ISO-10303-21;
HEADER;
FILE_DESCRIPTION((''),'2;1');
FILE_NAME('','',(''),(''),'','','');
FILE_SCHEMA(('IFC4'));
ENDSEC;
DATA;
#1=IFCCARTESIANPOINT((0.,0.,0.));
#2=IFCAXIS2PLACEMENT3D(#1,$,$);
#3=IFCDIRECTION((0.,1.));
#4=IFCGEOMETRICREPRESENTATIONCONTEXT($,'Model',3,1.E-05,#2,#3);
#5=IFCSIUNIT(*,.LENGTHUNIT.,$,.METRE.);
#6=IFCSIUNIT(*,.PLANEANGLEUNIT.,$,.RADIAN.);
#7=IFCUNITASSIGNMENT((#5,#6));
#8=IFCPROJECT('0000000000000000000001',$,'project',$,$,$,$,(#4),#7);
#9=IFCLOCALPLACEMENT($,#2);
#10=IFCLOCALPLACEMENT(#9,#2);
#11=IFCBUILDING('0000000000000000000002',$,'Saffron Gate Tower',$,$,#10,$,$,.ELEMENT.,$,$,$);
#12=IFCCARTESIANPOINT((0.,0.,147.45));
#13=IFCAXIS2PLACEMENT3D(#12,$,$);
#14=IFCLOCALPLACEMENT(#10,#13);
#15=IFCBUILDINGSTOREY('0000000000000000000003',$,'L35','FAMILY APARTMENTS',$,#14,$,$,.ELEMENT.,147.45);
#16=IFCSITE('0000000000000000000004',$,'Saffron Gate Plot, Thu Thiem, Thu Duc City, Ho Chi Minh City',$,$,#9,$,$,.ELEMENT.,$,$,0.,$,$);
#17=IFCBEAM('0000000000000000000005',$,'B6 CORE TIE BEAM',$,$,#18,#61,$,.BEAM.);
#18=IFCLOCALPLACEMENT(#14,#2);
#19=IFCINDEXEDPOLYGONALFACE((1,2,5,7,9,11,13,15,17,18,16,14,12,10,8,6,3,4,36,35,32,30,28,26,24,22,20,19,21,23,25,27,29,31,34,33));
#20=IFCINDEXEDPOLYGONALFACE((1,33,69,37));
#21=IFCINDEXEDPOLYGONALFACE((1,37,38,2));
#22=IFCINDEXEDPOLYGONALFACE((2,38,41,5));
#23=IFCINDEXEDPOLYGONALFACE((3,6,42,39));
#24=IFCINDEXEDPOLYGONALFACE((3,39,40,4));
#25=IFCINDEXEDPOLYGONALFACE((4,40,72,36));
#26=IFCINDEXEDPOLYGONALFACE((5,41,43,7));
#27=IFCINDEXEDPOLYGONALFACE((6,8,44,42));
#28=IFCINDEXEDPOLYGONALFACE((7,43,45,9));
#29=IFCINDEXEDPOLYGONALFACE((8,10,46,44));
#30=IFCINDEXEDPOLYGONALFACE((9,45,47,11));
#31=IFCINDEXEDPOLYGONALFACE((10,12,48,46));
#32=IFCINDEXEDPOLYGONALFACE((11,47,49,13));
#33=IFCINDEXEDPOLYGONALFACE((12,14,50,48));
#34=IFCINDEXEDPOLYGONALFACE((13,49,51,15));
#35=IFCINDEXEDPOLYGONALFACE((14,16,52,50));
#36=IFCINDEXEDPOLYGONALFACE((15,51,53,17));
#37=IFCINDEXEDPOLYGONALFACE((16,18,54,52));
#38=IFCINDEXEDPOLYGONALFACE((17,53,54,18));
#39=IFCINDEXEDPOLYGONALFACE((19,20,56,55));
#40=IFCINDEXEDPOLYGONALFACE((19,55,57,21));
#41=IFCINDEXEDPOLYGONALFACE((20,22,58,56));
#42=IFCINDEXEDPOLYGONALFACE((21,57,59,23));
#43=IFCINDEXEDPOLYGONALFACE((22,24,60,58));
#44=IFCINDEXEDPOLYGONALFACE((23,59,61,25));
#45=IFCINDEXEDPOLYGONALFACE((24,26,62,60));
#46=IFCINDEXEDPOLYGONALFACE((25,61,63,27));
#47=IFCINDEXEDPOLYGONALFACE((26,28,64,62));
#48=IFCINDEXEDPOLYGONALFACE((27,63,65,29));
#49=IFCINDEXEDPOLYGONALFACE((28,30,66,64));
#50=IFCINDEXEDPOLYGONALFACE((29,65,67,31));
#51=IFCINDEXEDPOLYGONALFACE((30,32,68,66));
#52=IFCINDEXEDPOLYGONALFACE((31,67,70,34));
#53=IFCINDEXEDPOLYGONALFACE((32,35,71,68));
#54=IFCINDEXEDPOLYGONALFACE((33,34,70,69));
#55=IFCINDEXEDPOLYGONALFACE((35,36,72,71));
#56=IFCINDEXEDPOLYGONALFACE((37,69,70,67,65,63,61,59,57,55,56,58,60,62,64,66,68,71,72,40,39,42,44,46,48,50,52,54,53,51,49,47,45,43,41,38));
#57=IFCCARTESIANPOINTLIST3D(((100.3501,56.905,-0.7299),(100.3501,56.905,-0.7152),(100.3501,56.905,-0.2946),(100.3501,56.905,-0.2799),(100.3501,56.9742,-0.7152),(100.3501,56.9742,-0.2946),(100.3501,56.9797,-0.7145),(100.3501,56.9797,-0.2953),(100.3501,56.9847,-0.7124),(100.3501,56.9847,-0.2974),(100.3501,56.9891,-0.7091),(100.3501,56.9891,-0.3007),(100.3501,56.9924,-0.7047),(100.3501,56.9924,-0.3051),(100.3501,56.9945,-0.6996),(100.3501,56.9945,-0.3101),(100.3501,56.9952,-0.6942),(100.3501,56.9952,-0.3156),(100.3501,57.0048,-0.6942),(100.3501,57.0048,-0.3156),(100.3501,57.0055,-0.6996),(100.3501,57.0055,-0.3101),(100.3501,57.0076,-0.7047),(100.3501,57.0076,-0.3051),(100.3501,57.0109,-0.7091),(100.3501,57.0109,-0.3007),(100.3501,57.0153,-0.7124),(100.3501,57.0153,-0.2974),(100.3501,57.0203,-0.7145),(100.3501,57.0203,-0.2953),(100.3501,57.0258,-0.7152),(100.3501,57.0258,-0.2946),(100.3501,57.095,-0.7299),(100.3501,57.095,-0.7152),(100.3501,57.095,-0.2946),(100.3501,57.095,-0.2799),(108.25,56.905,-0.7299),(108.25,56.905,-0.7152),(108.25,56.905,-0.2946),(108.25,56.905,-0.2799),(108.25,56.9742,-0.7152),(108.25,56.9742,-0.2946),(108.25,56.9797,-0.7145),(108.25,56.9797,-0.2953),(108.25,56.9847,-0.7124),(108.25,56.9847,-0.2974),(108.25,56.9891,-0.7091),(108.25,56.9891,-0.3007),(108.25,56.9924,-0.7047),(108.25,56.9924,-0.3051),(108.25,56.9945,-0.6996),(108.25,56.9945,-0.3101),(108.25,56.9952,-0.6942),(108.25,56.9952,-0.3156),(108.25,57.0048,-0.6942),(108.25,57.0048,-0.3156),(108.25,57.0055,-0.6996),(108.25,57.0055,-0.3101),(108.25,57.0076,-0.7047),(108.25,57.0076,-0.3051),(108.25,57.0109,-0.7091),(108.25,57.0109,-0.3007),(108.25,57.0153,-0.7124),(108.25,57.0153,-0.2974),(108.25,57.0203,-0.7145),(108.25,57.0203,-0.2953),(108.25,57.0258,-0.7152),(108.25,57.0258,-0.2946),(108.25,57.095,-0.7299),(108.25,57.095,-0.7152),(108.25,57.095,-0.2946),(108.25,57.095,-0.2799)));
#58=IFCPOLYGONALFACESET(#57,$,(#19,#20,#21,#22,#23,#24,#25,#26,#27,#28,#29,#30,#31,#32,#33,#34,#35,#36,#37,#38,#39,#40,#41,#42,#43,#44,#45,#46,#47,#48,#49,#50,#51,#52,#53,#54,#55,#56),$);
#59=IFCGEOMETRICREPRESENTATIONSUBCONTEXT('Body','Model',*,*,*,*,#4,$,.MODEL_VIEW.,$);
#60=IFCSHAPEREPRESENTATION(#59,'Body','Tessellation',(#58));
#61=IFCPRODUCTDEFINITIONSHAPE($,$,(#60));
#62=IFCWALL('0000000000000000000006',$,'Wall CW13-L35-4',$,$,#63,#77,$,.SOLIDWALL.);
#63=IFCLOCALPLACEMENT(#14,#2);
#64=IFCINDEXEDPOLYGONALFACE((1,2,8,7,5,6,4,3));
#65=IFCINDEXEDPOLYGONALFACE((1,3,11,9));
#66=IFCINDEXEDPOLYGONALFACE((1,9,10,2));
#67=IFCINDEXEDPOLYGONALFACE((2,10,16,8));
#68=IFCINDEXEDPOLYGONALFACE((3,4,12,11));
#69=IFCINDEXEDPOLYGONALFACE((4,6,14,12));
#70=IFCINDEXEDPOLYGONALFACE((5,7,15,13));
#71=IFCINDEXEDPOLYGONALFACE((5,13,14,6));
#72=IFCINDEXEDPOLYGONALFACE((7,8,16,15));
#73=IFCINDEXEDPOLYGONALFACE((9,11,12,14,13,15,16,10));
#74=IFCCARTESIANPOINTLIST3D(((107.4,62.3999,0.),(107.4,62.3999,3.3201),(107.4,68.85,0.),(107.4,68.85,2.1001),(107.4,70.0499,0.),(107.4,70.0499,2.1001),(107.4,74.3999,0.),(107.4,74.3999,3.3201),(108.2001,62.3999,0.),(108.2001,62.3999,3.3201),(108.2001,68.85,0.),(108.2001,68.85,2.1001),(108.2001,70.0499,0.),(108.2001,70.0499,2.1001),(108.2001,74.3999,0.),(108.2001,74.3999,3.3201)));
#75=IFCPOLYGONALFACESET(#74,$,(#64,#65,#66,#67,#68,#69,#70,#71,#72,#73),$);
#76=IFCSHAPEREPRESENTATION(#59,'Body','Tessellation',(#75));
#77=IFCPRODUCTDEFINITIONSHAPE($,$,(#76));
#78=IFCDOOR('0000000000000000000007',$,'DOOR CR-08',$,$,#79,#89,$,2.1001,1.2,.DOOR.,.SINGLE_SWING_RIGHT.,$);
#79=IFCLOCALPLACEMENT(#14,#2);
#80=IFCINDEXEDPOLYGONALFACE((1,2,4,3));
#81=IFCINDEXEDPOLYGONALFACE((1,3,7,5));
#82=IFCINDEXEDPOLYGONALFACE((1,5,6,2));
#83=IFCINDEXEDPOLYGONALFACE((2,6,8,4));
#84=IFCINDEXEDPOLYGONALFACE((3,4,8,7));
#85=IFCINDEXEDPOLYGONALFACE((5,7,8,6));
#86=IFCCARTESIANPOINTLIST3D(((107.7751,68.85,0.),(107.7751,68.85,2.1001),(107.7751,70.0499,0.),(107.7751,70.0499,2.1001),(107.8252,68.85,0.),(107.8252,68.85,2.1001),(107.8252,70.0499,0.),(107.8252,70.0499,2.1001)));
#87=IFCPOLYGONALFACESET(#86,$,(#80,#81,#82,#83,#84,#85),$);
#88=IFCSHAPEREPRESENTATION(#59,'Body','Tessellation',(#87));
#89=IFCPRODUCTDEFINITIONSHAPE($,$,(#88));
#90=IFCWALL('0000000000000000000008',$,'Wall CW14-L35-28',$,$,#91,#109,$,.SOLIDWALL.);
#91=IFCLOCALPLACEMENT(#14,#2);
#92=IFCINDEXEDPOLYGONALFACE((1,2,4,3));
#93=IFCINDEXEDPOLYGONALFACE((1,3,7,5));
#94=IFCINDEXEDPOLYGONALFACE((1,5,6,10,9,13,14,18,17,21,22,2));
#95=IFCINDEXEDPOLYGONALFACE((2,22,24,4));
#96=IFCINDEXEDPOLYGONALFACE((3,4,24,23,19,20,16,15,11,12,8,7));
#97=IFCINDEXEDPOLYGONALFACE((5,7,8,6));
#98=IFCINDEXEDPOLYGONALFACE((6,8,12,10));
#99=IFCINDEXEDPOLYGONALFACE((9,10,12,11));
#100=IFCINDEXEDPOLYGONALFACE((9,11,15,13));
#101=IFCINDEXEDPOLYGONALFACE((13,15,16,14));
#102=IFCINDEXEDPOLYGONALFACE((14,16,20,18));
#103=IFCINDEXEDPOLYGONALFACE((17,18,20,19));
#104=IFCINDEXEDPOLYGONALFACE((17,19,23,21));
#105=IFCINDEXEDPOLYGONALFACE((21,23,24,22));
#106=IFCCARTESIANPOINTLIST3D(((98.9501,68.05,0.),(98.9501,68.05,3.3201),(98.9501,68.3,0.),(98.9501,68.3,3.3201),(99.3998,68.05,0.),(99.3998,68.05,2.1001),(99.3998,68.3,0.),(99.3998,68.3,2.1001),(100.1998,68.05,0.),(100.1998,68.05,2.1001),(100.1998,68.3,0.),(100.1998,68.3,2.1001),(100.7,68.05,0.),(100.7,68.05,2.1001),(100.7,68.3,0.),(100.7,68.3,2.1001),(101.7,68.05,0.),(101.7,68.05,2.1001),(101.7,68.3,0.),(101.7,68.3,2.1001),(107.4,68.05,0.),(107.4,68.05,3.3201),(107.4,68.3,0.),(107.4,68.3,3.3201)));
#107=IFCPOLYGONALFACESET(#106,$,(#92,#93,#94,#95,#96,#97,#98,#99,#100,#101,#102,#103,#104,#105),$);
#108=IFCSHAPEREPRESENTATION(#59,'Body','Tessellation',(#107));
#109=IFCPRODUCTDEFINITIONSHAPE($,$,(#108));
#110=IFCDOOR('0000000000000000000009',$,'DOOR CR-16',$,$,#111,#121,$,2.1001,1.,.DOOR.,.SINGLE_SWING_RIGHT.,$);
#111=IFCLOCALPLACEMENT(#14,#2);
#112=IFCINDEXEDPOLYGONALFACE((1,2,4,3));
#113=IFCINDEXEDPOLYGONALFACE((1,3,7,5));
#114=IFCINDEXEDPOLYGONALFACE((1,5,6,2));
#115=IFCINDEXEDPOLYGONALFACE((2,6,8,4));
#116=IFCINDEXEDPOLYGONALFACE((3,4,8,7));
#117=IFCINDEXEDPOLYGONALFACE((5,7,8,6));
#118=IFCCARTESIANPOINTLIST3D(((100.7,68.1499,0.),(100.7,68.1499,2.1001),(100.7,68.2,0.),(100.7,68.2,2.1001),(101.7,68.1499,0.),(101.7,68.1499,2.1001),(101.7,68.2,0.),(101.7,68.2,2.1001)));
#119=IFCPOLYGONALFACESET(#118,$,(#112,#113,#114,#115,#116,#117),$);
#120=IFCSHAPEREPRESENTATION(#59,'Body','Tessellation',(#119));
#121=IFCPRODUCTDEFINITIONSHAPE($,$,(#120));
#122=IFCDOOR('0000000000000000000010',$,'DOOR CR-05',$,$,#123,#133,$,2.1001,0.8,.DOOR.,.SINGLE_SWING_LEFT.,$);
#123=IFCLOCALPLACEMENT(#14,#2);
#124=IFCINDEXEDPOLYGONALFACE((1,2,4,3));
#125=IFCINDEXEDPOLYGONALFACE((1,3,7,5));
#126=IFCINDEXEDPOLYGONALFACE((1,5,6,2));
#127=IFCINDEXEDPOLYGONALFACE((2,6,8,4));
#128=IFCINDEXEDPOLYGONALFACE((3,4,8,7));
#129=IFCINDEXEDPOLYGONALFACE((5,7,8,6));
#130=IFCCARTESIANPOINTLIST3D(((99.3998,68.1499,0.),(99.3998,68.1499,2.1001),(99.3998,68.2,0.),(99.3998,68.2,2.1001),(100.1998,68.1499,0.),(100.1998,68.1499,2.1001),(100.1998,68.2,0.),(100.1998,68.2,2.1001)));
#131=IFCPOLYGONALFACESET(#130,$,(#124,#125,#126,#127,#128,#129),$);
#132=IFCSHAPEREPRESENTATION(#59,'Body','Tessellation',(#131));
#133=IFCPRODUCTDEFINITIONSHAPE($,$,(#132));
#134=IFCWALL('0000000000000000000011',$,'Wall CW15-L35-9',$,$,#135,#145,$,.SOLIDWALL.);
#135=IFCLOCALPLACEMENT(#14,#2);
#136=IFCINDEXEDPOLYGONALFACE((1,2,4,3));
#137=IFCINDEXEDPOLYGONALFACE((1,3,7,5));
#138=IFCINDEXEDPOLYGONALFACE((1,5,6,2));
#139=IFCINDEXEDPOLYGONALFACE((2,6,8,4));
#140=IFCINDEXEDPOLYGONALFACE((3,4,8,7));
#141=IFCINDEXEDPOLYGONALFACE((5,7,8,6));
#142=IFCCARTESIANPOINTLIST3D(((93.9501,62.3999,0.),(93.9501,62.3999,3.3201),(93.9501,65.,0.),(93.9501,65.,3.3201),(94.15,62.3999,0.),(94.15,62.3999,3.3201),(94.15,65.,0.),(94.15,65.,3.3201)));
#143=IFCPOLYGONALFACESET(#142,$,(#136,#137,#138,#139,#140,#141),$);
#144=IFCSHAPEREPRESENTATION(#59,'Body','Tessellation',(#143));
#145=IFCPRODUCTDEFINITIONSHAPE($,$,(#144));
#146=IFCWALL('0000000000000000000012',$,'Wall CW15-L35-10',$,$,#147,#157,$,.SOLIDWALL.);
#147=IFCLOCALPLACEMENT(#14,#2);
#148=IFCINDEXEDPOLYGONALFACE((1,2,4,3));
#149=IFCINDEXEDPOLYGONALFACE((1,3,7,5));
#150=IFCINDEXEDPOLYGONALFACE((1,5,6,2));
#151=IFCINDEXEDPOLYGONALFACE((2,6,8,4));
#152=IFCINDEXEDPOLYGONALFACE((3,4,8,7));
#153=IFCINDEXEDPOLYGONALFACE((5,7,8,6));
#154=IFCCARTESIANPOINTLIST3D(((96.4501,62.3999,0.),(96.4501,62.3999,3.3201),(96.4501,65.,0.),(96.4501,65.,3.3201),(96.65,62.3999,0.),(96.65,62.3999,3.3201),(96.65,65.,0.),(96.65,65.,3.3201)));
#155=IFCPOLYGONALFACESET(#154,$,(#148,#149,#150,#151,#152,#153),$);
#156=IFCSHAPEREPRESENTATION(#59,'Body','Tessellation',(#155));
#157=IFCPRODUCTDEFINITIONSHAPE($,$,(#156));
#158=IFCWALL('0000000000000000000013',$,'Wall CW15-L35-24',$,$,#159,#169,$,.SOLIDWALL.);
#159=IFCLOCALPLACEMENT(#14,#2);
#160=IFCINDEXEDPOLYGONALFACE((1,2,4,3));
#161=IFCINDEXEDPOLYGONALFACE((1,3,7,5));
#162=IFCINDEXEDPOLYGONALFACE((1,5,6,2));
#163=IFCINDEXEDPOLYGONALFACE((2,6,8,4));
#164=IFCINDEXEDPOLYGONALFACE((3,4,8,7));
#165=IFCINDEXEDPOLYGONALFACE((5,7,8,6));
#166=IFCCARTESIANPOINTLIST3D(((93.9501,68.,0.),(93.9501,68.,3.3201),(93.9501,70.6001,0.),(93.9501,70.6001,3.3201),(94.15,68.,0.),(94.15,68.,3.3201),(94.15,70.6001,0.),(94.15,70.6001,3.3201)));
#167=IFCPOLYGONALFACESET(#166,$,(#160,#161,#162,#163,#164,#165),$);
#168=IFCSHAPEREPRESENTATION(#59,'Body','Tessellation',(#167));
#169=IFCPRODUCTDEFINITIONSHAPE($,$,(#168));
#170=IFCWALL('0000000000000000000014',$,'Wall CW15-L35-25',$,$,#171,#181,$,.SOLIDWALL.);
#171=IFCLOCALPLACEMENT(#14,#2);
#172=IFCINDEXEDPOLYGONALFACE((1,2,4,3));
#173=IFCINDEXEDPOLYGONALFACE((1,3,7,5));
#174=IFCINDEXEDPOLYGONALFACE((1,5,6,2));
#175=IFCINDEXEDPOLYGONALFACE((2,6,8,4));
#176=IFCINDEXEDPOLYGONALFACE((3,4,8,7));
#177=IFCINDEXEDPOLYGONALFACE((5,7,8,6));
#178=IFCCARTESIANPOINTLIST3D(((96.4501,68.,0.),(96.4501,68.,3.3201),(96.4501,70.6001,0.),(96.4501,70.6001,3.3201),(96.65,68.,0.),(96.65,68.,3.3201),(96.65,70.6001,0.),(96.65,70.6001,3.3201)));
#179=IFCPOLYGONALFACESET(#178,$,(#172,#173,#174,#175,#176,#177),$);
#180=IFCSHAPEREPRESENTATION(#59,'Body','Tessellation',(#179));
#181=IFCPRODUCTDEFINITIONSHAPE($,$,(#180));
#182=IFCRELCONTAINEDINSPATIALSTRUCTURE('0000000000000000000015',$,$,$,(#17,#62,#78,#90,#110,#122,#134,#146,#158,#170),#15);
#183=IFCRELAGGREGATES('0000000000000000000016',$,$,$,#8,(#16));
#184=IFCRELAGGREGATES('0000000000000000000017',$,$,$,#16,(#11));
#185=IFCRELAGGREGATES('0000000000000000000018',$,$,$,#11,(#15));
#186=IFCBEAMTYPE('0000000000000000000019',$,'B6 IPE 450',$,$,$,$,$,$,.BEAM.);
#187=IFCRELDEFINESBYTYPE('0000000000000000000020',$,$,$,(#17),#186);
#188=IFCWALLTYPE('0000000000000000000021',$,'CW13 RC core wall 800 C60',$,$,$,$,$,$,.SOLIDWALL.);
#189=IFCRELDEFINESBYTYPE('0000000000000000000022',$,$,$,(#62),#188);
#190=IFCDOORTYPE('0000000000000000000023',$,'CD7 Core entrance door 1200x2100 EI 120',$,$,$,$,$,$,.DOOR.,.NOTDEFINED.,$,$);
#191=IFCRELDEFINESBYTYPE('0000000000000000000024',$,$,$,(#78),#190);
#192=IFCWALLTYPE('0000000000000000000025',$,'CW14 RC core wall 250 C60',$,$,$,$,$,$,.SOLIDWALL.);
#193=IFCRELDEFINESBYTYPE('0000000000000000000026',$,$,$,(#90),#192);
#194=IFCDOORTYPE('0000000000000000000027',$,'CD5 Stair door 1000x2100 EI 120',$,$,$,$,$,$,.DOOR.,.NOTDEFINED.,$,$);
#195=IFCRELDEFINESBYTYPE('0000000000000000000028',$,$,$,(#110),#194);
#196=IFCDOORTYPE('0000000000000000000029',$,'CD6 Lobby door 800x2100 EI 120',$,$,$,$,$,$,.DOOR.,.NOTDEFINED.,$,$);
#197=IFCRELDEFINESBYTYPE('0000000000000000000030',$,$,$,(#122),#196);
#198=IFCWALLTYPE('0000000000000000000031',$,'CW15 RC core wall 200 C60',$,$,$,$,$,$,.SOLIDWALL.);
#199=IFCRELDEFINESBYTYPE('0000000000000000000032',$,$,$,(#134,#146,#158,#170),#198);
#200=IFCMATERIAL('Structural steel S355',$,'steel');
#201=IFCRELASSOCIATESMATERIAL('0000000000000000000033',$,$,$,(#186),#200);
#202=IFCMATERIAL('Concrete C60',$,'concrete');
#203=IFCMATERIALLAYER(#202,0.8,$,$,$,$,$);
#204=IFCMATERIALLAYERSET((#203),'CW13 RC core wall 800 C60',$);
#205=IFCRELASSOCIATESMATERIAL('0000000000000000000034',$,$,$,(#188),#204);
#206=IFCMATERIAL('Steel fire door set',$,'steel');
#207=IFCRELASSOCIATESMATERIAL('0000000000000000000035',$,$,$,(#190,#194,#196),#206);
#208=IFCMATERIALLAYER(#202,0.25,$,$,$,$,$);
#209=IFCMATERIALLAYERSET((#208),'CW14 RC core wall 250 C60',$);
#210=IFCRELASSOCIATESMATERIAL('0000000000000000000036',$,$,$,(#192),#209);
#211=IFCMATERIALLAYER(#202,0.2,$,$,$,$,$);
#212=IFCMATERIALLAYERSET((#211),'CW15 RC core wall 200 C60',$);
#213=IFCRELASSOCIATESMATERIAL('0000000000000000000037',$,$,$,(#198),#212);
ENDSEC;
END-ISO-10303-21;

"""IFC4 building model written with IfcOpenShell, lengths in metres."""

from ifc_helpers import new_model, si_unit, direction, frame, frame_2d, origin, origin_2d, place, context, subcontext, project, spatial, rectangle, i_section, extrude, material, layer, layer_set, material_profile, profile_set, type_object, element, fill, save


model = new_model("IFC4")

# Units and contexts
model_context = context("Model", 3, precision=1e-05, world=origin(), true_north=direction((0.0, 1.0)))
body_context = subcontext(model_context, "Body", "Model", "MODEL_VIEW")
ifc_project = project(units=[si_unit("LENGTHUNIT", "METRE"), si_unit("PLANEANGLEUNIT", "RADIAN")], contexts=[model_context])

# Site, building, storey
site_placement = place(None, origin())
site = spatial("IfcSite", under=ifc_project, at=site_placement, Name="Saffron Gate Plot, Thu Thiem, Thu Duc City, Ho Chi Minh City", CompositionType="ELEMENT", RefElevation=0.0)
building_placement = place(site_placement, origin())
building = spatial("IfcBuilding", under=site, at=building_placement, Name="Saffron Gate Tower", CompositionType="ELEMENT")
storey_placement = place(building_placement, frame((0.0, 0.0, 147.45)))
storey = spatial("IfcBuildingStorey", under=building, at=storey_placement, Name="L35", Description="FAMILY APARTMENTS", CompositionType="ELEMENT", Elevation=147.45)

# Beam
ifc_material_1 = material(Name="Structural steel S355", Category="steel")
ifc_material_profile = material_profile(ifc_material_1, i_section(OverallWidth=0.1899, OverallDepth=0.45, WebThickness=0.0095, FlangeThickness=0.0146, FilletRadius=0.021, at=origin_2d()))
ifc_profile_set = profile_set([ifc_material_profile], Name="Structural steel S355")
beam_type = type_object("IfcBeamType", Name="B6 IPE 450", PredefinedType="BEAM", material=ifc_profile_set)
beam_placement = place(storey_placement, frame((108.25, 57.0, -0.5049), z_axis=(-1.0, 0.0, 0.0), x_axis=(0.0, -1.0, 0.0)))
element("IfcBeam", 1, at=beam_placement, inside=storey, type_object=beam_type, Name="B6 CORE TIE BEAM", PredefinedType="BEAM", context=body_context, shape_type="SweptSolid", body=[
    extrude(i_section(OverallWidth=0.1899, OverallDepth=0.45, WebThickness=0.0095, FlangeThickness=0.0146, FilletRadius=0.021, at=origin_2d()), origin(), (0.0, 0.0, 1.0), 7.8999),
])

# Wall, opening, door
ifc_material_2 = material(Name="Concrete C60", Category="concrete")
ifc_layer_1 = layer(ifc_material_2, 0.8)
ifc_layer_set_1 = layer_set([ifc_layer_1], Name="CW13 RC core wall 800 C60")
wall_type_1 = type_object("IfcWallType", Name="CW13 RC core wall 800 C60", PredefinedType="SOLIDWALL", material=ifc_layer_set_1)
wall_1_placement = place(storey_placement, frame((107.8, 62.3999, 0.0), z_axis=(0.0, 0.0, 1.0), x_axis=(0.0, 1.0, 0.0)))
wall_1 = element("IfcWall", 2, at=wall_1_placement, inside=storey, type_object=wall_type_1, Name="Wall CW13-L35-4", PredefinedType="SOLIDWALL", context=body_context, shape_type="SweptSolid", body=[
    extrude(rectangle(XDim=12.0, YDim=0.8, at=frame_2d((6.0, 0.0))), origin(), (0.0, 0.0, 1.0), 3.3201),
])
opening_1_placement = place(wall_1_placement, frame((6.45, 0.0, 0.0)))
opening_1 = element("IfcOpeningElement", 3, at=opening_1_placement, cuts=wall_1, PredefinedType="OPENING", context=body_context, shape_type="SweptSolid", body=[
    extrude(rectangle(XDim=1.2, YDim=2.1001, at=frame_2d((0.6001, 1.05))), frame((0.0, 0.4102, 0.0), z_axis=(0.0, -1.0, 0.0), x_axis=(1.0, 0.0, 0.0)), (0.0, 0.0, 1.0), 0.8201),
])
ifc_material_3 = material(Name="Steel fire door set", Category="steel")
door_type_1 = type_object("IfcDoorType", Name="CD7 Core entrance door 1200x2100 EI 120", OperationType="NOTDEFINED", PredefinedType="DOOR", material=ifc_material_3)
door_1_placement = place(opening_1_placement, origin())
door_1 = element("IfcDoor", 4, at=door_1_placement, inside=storey, type_object=door_type_1, Name="DOOR CR-08", OperationType="SINGLE_SWING_RIGHT", OverallHeight=2.1001, OverallWidth=1.2, PredefinedType="DOOR", context=body_context, shape_type="SweptSolid", body=[
    extrude(rectangle(XDim=1.2, YDim=2.1001, at=frame_2d((0.6001, 1.05))), frame((0.0, 0.0249, 0.0), z_axis=(0.0, -1.0, 0.0), x_axis=(1.0, 0.0, 0.0)), (0.0, 0.0, 1.0), 0.05),
])
fill(opening_1, door_1)

# Wall, openings, doors
ifc_layer_2 = layer(ifc_material_2, 0.25)
ifc_layer_set_2 = layer_set([ifc_layer_2], Name="CW14 RC core wall 250 C60")
wall_type_2 = type_object("IfcWallType", Name="CW14 RC core wall 250 C60", PredefinedType="SOLIDWALL", material=ifc_layer_set_2)
wall_2_placement = place(storey_placement, frame((98.95, 68.175, 0.0), z_axis=(0.0, 0.0, 1.0), x_axis=(1.0, 0.0, 0.0)))
wall_2 = element("IfcWall", 5, at=wall_2_placement, inside=storey, type_object=wall_type_2, Name="Wall CW14-L35-28", PredefinedType="SOLIDWALL", context=body_context, shape_type="SweptSolid", body=[
    extrude(rectangle(XDim=8.45, YDim=0.25, at=frame_2d((4.2251, 0.0))), origin(), (0.0, 0.0, 1.0), 3.3201),
])
opening_2_placement = place(wall_2_placement, frame((0.45, 0.0, 0.0)))
opening_2 = element("IfcOpeningElement", 6, at=opening_2_placement, cuts=wall_2, PredefinedType="OPENING", context=body_context, shape_type="SweptSolid", body=[
    extrude(rectangle(XDim=0.8, YDim=2.1001, at=frame_2d((0.3999, 1.05))), frame((0.0, 0.135, 0.0), z_axis=(0.0, -1.0, 0.0), x_axis=(1.0, 0.0, 0.0)), (0.0, 0.0, 1.0), 0.27),
])
opening_3_placement = place(wall_2_placement, frame((1.75, 0.0, 0.0)))
opening_3 = element("IfcOpeningElement", 7, at=opening_3_placement, cuts=wall_2, PredefinedType="OPENING", context=body_context, shape_type="SweptSolid", body=[
    extrude(rectangle(XDim=1.0, YDim=2.1001, at=frame_2d((0.5, 1.05))), frame((0.0, 0.135, 0.0), z_axis=(0.0, -1.0, 0.0), x_axis=(1.0, 0.0, 0.0)), (0.0, 0.0, 1.0), 0.27),
])
door_type_2 = type_object("IfcDoorType", Name="CD5 Stair door 1000x2100 EI 120", OperationType="NOTDEFINED", PredefinedType="DOOR", material=ifc_material_3)
door_2_placement = place(opening_3_placement, origin())
door_2 = element("IfcDoor", 8, at=door_2_placement, inside=storey, type_object=door_type_2, Name="DOOR CR-16", OperationType="SINGLE_SWING_RIGHT", OverallHeight=2.1001, OverallWidth=1.0, PredefinedType="DOOR", context=body_context, shape_type="SweptSolid", body=[
    extrude(rectangle(XDim=1.0, YDim=2.1001, at=frame_2d((0.5, 1.05))), frame((0.0, 0.0249, 0.0), z_axis=(0.0, -1.0, 0.0), x_axis=(1.0, 0.0, 0.0)), (0.0, 0.0, 1.0), 0.05),
])
fill(opening_3, door_2)
door_type_3 = type_object("IfcDoorType", Name="CD6 Lobby door 800x2100 EI 120", OperationType="NOTDEFINED", PredefinedType="DOOR", material=ifc_material_3)
door_3_placement = place(opening_2_placement, origin())
door_3 = element("IfcDoor", 9, at=door_3_placement, inside=storey, type_object=door_type_3, Name="DOOR CR-05", OperationType="SINGLE_SWING_LEFT", OverallHeight=2.1001, OverallWidth=0.8, PredefinedType="DOOR", context=body_context, shape_type="SweptSolid", body=[
    extrude(rectangle(XDim=0.8, YDim=2.1001, at=frame_2d((0.3999, 1.05))), frame((0.0, 0.0249, 0.0), z_axis=(0.0, -1.0, 0.0), x_axis=(1.0, 0.0, 0.0)), (0.0, 0.0, 1.0), 0.05),
])
fill(opening_2, door_3)

# Walls
ifc_layer_3 = layer(ifc_material_2, 0.2)
ifc_layer_set_3 = layer_set([ifc_layer_3], Name="CW15 RC core wall 200 C60")
wall_type_3 = type_object("IfcWallType", Name="CW15 RC core wall 200 C60", PredefinedType="SOLIDWALL", material=ifc_layer_set_3)
for number, where, z_axis, x_axis, name in (
    (10, (94.05, 62.3999, 0.0), (0.0, 0.0, 1.0), (0.0, 1.0, 0.0), "Wall CW15-L35-9"),
    (11, (96.55, 62.3999, 0.0), (0.0, 0.0, 1.0), (0.0, 1.0, 0.0), "Wall CW15-L35-10"),
    (12, (94.05, 68.0, 0.0), (0.0, 0.0, 1.0), (0.0, 1.0, 0.0), "Wall CW15-L35-24"),
    (13, (96.55, 68.0, 0.0), (0.0, 0.0, 1.0), (0.0, 1.0, 0.0), "Wall CW15-L35-25"),
):
    element("IfcWall", number, at=place(storey_placement, frame(where, z_axis=z_axis, x_axis=x_axis)), inside=storey, type_object=wall_type_3, Name=name, PredefinedType="SOLIDWALL", context=body_context, shape_type="SweptSolid", body=[
        extrude(rectangle(XDim=2.6001, YDim=0.2, at=frame_2d((1.3, 0.0))), origin(), (0.0, 0.0, 1.0), 3.3201),
    ])

save(model, "model.ifc")
